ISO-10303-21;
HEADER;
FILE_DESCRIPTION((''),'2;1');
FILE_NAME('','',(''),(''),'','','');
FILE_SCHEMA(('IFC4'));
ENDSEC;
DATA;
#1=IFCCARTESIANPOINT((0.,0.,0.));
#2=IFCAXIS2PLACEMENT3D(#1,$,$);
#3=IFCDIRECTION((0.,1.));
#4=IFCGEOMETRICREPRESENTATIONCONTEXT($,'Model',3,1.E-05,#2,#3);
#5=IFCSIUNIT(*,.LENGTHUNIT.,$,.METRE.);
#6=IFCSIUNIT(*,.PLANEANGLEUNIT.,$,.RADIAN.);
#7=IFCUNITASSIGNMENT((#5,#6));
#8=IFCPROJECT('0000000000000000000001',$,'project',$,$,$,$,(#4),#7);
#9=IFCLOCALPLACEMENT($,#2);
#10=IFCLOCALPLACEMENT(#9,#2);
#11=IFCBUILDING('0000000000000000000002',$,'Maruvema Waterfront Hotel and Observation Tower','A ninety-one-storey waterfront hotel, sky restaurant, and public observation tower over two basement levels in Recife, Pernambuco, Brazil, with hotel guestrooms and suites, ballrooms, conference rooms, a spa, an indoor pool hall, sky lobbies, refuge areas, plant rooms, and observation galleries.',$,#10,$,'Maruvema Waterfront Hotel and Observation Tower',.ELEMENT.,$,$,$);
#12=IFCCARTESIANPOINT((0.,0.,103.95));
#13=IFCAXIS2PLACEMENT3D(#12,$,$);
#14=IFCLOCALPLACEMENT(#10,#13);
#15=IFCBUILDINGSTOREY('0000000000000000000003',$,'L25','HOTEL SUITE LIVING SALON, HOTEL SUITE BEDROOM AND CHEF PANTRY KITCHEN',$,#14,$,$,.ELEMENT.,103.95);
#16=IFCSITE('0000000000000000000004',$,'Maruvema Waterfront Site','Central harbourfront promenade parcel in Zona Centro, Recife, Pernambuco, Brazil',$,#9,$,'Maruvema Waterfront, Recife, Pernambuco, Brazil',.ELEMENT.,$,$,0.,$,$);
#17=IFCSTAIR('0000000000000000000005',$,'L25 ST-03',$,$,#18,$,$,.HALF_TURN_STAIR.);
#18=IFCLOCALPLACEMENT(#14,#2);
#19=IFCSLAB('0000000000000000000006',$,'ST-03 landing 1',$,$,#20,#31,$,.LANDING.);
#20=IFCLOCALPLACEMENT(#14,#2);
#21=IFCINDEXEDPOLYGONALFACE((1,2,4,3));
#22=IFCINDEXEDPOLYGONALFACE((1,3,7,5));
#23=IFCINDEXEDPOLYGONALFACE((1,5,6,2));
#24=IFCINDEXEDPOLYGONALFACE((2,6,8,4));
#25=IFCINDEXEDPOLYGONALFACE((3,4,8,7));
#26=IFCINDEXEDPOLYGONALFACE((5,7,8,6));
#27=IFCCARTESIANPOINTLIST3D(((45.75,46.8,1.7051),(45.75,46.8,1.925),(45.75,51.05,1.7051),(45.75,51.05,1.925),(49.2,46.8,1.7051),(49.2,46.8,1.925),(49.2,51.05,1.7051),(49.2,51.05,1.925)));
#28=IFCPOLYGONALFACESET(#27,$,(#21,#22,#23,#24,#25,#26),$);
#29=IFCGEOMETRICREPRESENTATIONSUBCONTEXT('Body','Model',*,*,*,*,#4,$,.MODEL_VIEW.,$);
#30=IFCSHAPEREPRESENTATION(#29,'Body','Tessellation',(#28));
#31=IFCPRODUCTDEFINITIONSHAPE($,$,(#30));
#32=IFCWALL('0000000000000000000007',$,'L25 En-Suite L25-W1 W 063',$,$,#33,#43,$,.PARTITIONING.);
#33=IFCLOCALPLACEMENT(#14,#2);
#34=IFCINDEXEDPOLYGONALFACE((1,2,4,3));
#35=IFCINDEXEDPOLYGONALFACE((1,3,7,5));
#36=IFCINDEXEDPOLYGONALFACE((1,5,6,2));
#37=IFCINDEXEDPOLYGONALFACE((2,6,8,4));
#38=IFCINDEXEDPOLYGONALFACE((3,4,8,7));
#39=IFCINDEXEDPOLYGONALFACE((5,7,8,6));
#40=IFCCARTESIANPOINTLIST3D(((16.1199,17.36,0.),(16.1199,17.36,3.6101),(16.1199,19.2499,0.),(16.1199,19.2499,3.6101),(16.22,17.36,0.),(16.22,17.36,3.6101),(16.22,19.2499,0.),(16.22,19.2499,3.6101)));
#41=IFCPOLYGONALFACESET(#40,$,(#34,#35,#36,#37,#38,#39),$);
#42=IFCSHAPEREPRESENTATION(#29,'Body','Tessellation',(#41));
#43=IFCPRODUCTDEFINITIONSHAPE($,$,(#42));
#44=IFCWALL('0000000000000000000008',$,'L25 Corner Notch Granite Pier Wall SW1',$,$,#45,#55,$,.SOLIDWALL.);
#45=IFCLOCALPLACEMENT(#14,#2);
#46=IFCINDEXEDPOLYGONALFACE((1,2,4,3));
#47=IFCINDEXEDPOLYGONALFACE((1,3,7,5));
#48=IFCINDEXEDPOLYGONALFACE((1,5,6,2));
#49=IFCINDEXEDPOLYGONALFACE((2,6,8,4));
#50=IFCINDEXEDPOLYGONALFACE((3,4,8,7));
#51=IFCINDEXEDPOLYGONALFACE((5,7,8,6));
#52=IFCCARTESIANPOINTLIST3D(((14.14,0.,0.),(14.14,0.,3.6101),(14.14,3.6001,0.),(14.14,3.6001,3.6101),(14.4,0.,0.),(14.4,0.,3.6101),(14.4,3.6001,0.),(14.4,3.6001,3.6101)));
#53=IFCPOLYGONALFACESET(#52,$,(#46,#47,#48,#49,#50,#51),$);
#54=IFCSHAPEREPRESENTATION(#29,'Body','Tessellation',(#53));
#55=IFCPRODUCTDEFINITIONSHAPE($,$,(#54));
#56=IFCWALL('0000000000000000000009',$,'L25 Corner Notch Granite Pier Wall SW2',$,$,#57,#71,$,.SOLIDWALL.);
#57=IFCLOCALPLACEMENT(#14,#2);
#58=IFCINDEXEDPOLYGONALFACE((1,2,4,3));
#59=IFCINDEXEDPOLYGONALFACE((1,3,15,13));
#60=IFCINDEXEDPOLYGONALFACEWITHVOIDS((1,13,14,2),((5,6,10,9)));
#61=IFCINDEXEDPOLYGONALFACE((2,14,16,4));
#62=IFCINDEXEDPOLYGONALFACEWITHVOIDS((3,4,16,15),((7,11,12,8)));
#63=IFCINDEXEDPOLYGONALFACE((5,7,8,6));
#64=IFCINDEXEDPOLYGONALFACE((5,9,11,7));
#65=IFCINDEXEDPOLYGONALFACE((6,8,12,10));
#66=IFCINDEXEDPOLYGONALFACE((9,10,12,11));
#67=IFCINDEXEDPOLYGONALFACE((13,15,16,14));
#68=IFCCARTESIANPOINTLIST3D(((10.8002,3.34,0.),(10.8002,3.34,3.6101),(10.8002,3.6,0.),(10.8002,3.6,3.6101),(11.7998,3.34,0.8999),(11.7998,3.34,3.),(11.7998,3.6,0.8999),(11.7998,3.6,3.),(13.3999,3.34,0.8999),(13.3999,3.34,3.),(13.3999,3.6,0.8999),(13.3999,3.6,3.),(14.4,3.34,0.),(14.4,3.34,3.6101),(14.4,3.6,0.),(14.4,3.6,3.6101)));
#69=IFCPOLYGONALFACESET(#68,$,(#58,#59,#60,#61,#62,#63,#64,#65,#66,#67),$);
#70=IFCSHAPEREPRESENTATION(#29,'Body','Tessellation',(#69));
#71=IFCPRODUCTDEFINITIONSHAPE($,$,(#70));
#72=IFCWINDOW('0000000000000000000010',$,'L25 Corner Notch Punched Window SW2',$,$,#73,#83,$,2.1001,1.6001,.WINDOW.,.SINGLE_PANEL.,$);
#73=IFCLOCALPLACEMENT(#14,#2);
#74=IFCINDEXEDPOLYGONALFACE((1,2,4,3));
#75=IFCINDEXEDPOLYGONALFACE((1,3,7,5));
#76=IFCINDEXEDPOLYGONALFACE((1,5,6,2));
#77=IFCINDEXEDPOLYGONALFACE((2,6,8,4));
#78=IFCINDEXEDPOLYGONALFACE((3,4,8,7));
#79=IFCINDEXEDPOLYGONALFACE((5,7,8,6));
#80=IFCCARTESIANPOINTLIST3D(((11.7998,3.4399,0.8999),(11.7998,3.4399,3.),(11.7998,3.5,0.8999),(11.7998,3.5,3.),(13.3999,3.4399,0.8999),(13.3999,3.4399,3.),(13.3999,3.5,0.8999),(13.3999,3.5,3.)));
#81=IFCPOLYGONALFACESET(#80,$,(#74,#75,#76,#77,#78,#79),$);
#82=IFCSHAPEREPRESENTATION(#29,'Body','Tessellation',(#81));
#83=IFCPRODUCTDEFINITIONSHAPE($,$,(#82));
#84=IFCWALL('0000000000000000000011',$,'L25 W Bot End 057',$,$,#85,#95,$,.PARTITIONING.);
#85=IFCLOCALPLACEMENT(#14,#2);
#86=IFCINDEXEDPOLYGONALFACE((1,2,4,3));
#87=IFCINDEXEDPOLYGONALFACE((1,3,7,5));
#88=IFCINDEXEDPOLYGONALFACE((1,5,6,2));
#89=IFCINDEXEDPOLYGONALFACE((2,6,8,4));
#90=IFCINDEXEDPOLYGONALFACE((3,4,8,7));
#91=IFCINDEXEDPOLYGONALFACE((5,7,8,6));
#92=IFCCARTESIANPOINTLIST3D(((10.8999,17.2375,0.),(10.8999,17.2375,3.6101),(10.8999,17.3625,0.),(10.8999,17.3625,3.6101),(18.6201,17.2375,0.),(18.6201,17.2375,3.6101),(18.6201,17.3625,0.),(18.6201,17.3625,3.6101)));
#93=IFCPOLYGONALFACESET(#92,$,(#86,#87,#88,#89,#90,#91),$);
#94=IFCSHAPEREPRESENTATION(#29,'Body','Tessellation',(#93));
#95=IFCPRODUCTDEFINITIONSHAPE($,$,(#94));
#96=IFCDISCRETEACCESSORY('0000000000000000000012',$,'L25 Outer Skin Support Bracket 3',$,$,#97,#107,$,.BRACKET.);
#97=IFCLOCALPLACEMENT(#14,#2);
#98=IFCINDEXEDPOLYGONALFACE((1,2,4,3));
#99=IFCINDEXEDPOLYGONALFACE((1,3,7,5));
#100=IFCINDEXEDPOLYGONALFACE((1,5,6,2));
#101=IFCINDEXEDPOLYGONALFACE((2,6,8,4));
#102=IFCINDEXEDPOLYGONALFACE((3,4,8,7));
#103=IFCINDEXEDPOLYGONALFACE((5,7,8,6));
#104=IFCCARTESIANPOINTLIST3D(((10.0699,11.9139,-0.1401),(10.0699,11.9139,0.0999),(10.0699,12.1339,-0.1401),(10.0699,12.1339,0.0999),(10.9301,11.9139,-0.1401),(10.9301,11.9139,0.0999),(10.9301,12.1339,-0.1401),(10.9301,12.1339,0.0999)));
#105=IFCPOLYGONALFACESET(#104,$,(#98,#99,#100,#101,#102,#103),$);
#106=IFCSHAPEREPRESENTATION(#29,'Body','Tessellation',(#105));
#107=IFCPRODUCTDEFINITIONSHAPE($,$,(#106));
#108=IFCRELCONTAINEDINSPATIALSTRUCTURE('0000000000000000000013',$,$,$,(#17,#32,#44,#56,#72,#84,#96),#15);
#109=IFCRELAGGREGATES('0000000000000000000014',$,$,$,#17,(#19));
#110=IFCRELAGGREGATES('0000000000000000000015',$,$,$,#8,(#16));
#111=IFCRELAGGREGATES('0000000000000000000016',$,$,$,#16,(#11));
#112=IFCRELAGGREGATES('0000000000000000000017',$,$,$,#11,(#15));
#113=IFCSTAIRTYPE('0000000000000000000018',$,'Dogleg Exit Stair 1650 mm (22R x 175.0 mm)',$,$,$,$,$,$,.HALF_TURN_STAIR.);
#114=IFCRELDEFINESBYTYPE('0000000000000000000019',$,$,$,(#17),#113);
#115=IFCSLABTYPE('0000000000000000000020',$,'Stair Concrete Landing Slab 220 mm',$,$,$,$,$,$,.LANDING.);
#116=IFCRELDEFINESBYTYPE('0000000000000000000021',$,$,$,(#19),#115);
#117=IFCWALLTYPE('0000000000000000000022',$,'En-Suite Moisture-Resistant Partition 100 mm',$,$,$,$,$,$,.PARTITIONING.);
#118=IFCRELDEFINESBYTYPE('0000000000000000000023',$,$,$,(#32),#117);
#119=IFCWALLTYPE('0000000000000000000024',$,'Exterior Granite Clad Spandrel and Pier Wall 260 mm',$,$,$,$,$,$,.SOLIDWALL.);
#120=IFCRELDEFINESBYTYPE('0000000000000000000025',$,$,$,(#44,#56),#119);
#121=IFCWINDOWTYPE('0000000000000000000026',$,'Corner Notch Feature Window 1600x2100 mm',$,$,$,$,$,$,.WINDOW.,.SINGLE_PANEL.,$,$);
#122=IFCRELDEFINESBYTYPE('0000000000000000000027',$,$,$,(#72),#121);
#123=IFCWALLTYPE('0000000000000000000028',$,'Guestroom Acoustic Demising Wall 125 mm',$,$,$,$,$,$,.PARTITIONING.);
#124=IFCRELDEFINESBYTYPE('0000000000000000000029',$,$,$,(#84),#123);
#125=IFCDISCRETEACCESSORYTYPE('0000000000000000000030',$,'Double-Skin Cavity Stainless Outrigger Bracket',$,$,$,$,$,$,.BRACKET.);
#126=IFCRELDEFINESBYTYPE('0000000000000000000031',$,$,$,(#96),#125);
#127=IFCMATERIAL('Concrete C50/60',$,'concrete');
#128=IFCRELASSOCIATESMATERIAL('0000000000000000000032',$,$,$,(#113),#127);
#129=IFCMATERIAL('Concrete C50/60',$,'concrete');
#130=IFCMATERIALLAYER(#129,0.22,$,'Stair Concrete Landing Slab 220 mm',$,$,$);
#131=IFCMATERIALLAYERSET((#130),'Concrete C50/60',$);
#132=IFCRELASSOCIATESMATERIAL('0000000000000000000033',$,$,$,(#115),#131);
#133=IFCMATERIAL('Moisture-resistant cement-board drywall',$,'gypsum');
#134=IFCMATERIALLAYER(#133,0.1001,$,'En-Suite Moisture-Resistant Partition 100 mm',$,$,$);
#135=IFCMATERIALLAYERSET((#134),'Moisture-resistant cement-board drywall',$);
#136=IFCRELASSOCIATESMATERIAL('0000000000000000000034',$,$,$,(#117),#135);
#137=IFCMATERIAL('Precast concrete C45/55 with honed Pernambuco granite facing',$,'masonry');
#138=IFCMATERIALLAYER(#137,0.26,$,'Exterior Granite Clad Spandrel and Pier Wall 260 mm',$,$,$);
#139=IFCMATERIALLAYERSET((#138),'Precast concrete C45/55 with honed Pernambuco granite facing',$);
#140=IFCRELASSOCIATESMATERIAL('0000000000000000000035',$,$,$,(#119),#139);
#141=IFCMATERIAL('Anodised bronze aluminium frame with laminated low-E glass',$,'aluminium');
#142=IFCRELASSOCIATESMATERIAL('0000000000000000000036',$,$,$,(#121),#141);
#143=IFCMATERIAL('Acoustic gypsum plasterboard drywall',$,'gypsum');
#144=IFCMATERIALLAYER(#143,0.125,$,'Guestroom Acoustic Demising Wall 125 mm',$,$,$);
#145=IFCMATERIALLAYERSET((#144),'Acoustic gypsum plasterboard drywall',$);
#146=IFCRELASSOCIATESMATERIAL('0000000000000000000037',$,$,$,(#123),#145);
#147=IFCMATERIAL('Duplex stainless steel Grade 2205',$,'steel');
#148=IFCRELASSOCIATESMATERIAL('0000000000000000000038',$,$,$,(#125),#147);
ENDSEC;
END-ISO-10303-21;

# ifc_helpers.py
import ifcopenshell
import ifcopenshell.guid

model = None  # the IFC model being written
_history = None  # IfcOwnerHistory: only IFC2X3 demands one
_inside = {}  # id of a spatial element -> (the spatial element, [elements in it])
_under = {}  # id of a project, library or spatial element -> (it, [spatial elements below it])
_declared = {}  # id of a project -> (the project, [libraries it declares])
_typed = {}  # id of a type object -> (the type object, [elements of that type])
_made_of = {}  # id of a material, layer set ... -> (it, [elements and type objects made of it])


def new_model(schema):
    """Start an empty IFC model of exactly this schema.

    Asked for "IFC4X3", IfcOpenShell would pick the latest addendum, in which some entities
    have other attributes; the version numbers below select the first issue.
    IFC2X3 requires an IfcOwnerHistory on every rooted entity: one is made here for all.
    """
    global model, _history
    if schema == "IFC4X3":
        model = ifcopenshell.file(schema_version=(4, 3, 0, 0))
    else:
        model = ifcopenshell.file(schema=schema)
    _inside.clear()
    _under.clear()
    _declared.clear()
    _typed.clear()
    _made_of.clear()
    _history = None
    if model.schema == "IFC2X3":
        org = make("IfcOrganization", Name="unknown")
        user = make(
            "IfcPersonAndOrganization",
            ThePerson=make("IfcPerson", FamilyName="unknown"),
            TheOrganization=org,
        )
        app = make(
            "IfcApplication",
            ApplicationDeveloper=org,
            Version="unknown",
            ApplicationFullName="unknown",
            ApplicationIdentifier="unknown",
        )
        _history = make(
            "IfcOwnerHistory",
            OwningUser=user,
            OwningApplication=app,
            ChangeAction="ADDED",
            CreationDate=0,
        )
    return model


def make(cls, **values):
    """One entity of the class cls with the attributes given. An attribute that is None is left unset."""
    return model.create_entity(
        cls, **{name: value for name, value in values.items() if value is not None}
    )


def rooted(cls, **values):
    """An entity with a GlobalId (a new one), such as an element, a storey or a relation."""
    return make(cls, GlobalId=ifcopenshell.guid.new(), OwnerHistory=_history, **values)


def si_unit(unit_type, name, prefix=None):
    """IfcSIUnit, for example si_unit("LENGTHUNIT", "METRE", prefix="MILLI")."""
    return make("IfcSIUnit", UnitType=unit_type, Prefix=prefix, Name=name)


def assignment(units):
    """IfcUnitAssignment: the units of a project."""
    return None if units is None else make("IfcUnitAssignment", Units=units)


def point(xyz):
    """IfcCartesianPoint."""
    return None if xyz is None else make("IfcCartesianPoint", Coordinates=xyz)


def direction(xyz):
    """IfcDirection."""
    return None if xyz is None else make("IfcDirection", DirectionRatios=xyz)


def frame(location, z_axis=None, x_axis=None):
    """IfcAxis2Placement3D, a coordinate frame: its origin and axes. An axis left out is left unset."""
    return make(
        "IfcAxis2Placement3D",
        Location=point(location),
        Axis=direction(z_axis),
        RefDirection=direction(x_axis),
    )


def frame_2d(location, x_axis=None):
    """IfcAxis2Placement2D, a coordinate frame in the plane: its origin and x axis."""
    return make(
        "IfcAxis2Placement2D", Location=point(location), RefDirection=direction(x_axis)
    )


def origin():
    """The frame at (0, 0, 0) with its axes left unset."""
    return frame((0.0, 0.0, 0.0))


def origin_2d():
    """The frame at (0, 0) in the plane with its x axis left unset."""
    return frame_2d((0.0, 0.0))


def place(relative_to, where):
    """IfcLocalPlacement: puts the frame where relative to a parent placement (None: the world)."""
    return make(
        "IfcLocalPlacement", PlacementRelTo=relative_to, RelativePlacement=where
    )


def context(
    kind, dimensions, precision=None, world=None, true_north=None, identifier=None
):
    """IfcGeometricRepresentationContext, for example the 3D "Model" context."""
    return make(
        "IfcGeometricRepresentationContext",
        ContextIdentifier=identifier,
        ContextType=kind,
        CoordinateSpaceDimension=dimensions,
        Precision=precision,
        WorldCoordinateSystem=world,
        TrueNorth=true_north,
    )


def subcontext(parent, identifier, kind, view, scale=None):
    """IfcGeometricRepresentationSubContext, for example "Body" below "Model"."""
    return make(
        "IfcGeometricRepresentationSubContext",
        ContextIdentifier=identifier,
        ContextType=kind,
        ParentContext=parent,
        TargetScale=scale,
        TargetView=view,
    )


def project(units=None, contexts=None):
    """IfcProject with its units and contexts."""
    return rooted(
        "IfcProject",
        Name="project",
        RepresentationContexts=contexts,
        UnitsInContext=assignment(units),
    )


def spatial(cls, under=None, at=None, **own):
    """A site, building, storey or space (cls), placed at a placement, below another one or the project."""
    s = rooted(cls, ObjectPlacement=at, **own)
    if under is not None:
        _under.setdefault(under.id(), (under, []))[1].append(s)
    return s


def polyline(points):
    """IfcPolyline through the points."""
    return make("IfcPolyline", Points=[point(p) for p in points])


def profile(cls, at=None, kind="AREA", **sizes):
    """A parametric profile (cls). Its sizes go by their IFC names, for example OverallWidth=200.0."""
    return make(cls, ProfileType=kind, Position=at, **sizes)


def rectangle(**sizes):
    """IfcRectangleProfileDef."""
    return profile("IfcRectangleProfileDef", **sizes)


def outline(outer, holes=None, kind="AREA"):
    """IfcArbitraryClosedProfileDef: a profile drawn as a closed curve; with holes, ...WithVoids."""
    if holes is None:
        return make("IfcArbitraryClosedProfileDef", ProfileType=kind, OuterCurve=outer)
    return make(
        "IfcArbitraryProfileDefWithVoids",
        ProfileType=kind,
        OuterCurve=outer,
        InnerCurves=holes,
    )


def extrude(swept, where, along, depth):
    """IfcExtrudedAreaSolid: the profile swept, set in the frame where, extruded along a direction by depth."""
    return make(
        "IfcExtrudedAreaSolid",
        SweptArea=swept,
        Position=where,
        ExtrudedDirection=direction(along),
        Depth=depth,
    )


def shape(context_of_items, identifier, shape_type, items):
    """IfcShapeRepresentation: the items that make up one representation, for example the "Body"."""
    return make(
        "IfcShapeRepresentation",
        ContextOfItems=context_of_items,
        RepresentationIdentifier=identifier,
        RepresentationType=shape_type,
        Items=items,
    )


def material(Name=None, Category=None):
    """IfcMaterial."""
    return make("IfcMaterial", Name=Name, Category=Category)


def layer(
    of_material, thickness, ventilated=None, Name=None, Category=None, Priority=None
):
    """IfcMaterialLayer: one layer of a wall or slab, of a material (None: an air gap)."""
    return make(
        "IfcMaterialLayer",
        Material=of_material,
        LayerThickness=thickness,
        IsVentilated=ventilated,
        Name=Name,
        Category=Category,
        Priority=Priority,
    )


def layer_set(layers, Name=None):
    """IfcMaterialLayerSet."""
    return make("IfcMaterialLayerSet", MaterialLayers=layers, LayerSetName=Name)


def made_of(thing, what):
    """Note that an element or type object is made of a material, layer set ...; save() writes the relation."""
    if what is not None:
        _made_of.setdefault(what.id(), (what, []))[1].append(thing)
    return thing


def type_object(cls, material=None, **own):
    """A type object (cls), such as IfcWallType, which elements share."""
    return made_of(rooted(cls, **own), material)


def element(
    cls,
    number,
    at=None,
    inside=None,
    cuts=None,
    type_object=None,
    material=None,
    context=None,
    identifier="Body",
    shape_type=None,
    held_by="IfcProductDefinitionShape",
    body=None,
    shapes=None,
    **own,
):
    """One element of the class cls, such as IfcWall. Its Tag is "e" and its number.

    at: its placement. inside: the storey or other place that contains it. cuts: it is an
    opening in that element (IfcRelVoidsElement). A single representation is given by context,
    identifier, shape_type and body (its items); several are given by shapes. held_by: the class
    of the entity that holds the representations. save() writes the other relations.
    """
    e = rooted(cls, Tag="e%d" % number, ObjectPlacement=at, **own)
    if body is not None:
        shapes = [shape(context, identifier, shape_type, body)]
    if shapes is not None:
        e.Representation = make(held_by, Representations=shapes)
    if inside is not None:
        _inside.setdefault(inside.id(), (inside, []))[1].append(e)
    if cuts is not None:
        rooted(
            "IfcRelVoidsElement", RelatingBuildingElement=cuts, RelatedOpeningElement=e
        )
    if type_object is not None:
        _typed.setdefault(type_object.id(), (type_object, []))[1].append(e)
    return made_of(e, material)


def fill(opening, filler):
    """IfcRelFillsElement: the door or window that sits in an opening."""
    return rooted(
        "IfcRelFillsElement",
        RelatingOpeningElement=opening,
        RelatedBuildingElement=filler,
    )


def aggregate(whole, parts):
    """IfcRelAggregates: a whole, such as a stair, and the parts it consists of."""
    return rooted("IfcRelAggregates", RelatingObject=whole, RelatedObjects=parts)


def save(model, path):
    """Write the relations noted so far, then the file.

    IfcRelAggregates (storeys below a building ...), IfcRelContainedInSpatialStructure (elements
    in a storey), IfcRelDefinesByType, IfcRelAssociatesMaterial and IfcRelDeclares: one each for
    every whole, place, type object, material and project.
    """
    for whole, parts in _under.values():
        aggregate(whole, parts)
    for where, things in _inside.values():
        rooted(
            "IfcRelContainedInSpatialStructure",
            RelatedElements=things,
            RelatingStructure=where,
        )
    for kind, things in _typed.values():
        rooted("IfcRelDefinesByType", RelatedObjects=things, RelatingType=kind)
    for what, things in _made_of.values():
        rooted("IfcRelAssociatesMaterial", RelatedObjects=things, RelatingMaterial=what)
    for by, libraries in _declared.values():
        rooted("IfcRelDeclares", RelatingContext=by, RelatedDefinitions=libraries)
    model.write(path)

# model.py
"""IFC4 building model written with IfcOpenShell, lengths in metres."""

from ifc_helpers import new_model, si_unit, direction, frame, frame_2d, origin, origin_2d, place, context, subcontext, project, spatial, polyline, rectangle, outline, extrude, material, layer, layer_set, type_object, element, fill, aggregate, save


model = new_model("IFC4")

# Units and contexts
model_context = context("Model", 3, precision=1e-05, world=origin(), true_north=direction((0.0, 1.0)))
body_context = subcontext(model_context, "Body", "Model", "MODEL_VIEW")
ifc_project = project(units=[si_unit("LENGTHUNIT", "METRE"), si_unit("PLANEANGLEUNIT", "RADIAN")], contexts=[model_context])

# Site, building, storey
site_placement = place(None, origin())
site = spatial("IfcSite", under=ifc_project, at=site_placement, Name="Maruvema Waterfront Site", Description="Central harbourfront promenade parcel in Zona Centro, Recife, Pernambuco, Brazil", LongName="Maruvema Waterfront, Recife, Pernambuco, Brazil", CompositionType="ELEMENT", RefElevation=0.0)
building_placement = place(site_placement, origin())
building = spatial("IfcBuilding", under=site, at=building_placement, Name="Maruvema Waterfront Hotel and Observation Tower", Description="A ninety-one-storey waterfront hotel, sky restaurant, and public observation tower over two basement levels in Recife, Pernambuco, Brazil, with hotel guestrooms and suites, ballrooms, conference rooms, a spa, an indoor pool hall, sky lobbies, refuge areas, plant rooms, and observation galleries.", LongName="Maruvema Waterfront Hotel and Observation Tower", CompositionType="ELEMENT")
storey_placement = place(building_placement, frame((0.0, 0.0, 103.95)))
storey = spatial("IfcBuildingStorey", under=building, at=storey_placement, Name="L25", Description="HOTEL SUITE LIVING SALON, HOTEL SUITE BEDROOM AND CHEF PANTRY KITCHEN", CompositionType="ELEMENT", Elevation=103.95)

# Stair, slab
ifc_material_1 = material(Name="Concrete C50/60", Category="concrete")
stair_type = type_object("IfcStairType", Name="Dogleg Exit Stair 1650 mm (22R x 175.0 mm)", PredefinedType="HALF_TURN_STAIR", material=ifc_material_1)
ifc_material_2 = material(Name="Concrete C50/60", Category="concrete")
ifc_layer_1 = layer(ifc_material_2, 0.22, Name="Stair Concrete Landing Slab 220 mm")
ifc_layer_set_1 = layer_set([ifc_layer_1], Name="Concrete C50/60")
slab_type_1 = type_object("IfcSlabType", Name="Stair Concrete Landing Slab 220 mm", PredefinedType="LANDING", material=ifc_layer_set_1)
stair_1_placement = place(storey_placement, origin())
stair_1 = element("IfcStair", 1, at=stair_1_placement, inside=storey, type_object=stair_type, Name="L25 ST-03", PredefinedType="HALF_TURN_STAIR")
slab_1_placement = place(storey_placement, frame((0.0, 0.0, 1.7051)))
slab_1 = element("IfcSlab", 2, at=slab_1_placement, type_object=slab_type_1, Name="ST-03 landing 1", PredefinedType="LANDING", context=body_context, shape_type="SweptSolid", body=[
    extrude(outline(polyline([(49.2, 46.8), (49.2, 51.05), (45.75, 51.05), (45.75, 46.8), (49.2, 46.8)])), origin(), (0.0, 0.0, 1.0), 0.22),
])
aggregate(stair_1, [slab_1])

# Walls
ifc_material_3 = material(Name="Moisture-resistant cement-board drywall", Category="gypsum")
ifc_layer_2 = layer(ifc_material_3, 0.1001, Name="En-Suite Moisture-Resistant Partition 100 mm")
ifc_layer_set_2 = layer_set([ifc_layer_2], Name="Moisture-resistant cement-board drywall")
wall_type_1 = type_object("IfcWallType", Name="En-Suite Moisture-Resistant Partition 100 mm", PredefinedType="PARTITIONING", material=ifc_layer_set_2)
wall_1_placement = place(storey_placement, frame((16.1699, 17.3601, 0.0), z_axis=(0.0, 0.0, 1.0), x_axis=(0.0, 1.0, 0.0)))
element("IfcWall", 3, at=wall_1_placement, inside=storey, type_object=wall_type_1, Name="L25 En-Suite L25-W1 W 063", PredefinedType="PARTITIONING", context=body_context, shape_type="SweptSolid", body=[
    extrude(rectangle(XDim=1.8899, YDim=0.1001, at=frame_2d((0.9448, 0.0))), origin(), (0.0, 0.0, 1.0), 3.6101),
])
ifc_material_4 = material(Name="Precast concrete C45/55 with honed Pernambuco granite facing", Category="masonry")
ifc_layer_3 = layer(ifc_material_4, 0.26, Name="Exterior Granite Clad Spandrel and Pier Wall 260 mm")
ifc_layer_set_3 = layer_set([ifc_layer_3], Name="Precast concrete C45/55 with honed Pernambuco granite facing")
wall_type_2 = type_object("IfcWallType", Name="Exterior Granite Clad Spandrel and Pier Wall 260 mm", PredefinedType="SOLIDWALL", material=ifc_layer_set_3)
wall_2_placement = place(storey_placement, frame((14.27, 0.0, 0.0), z_axis=(0.0, 0.0, 1.0), x_axis=(0.0, 1.0, 0.0)))
element("IfcWall", 4, at=wall_2_placement, inside=storey, type_object=wall_type_2, Name="L25 Corner Notch Granite Pier Wall SW1", PredefinedType="SOLIDWALL", context=body_context, shape_type="SweptSolid", body=[
    extrude(rectangle(XDim=3.6001, YDim=0.26, at=frame_2d((1.8, 0.0))), origin(), (0.0, 0.0, 1.0), 3.6101),
])

# Wall, opening, window
wall_3_placement = place(storey_placement, frame((14.3999, 3.47, 0.0), z_axis=(0.0, 0.0, 1.0), x_axis=(-1.0, 0.0, 0.0)))
wall_3 = element("IfcWall", 5, at=wall_3_placement, inside=storey, type_object=wall_type_2, Name="L25 Corner Notch Granite Pier Wall SW2", PredefinedType="SOLIDWALL", context=body_context, shape_type="SweptSolid", body=[
    extrude(rectangle(XDim=3.5999, YDim=0.26, at=frame_2d((1.7998, 0.0))), origin(), (0.0, 0.0, 1.0), 3.6101),
])
opening_placement = place(wall_3_placement, frame((1.0, 0.0, 0.8999)))
opening = element("IfcOpeningElement", 6, at=opening_placement, cuts=wall_3, PredefinedType="OPENING", context=body_context, shape_type="SweptSolid", body=[
    extrude(rectangle(XDim=1.6001, YDim=2.1001, at=frame_2d((0.8, 1.05))), frame((0.0, 0.1401, 0.0), z_axis=(0.0, -1.0, 0.0), x_axis=(1.0, 0.0, 0.0)), (0.0, 0.0, 1.0), 0.28),
])
ifc_material_5 = material(Name="Anodised bronze aluminium frame with laminated low-E glass", Category="aluminium")
window_type = type_object("IfcWindowType", Name="Corner Notch Feature Window 1600x2100 mm", PartitioningType="SINGLE_PANEL", PredefinedType="WINDOW", material=ifc_material_5)
window_placement = place(opening_placement, origin())
window = element("IfcWindow", 7, at=window_placement, inside=storey, type_object=window_type, Name="L25 Corner Notch Punched Window SW2", OverallHeight=2.1001, OverallWidth=1.6001, PartitioningType="SINGLE_PANEL", PredefinedType="WINDOW", context=body_context, shape_type="SweptSolid", body=[
    extrude(rectangle(XDim=1.6001, YDim=2.1001, at=frame_2d((0.8, 1.05))), frame((0.0, 0.03, 0.0), z_axis=(0.0, -1.0, 0.0), x_axis=(1.0, 0.0, 0.0)), (0.0, 0.0, 1.0), 0.0601),
])
fill(opening, window)

# Wall
ifc_material_6 = material(Name="Acoustic gypsum plasterboard drywall", Category="gypsum")
ifc_layer_4 = layer(ifc_material_6, 0.125, Name="Guestroom Acoustic Demising Wall 125 mm")
ifc_layer_set_4 = layer_set([ifc_layer_4], Name="Acoustic gypsum plasterboard drywall")
wall_type_3 = type_object("IfcWallType", Name="Guestroom Acoustic Demising Wall 125 mm", PredefinedType="PARTITIONING", material=ifc_layer_set_4)
wall_4_placement = place(storey_placement, frame((10.8999, 17.3, 0.0), z_axis=(0.0, 0.0, 1.0), x_axis=(1.0, 0.0, 0.0)))
element("IfcWall", 8, at=wall_4_placement, inside=storey, type_object=wall_type_3, Name="L25 W Bot End 057", PredefinedType="PARTITIONING", context=body_context, shape_type="SweptSolid", body=[
    extrude(rectangle(XDim=7.7202, YDim=0.125, at=frame_2d((3.8601, 0.0))), origin(), (0.0, 0.0, 1.0), 3.6101),
])

# Discrete accessory
ifc_material_7 = material(Name="Duplex stainless steel Grade 2205", Category="steel")
discrete_accessory_type = type_object("IfcDiscreteAccessoryType", Name="Double-Skin Cavity Stainless Outrigger Bracket", PredefinedType="BRACKET", material=ifc_material_7)
discrete_accessory_placement = place(storey_placement, frame((10.5, 12.0239, -0.1401), z_axis=(0.0, 0.0, 1.0), x_axis=(0.0, -1.0, 0.0)))
element("IfcDiscreteAccessory", 9, at=discrete_accessory_placement, inside=storey, type_object=discrete_accessory_type, Name="L25 Outer Skin Support Bracket 3", PredefinedType="BRACKET", context=body_context, shape_type="SweptSolid", body=[
    extrude(rectangle(XDim=0.22, YDim=0.8601, at=origin_2d()), origin(), (0.0, 0.0, 1.0), 0.24),
])

save(model, "model.ifc")
